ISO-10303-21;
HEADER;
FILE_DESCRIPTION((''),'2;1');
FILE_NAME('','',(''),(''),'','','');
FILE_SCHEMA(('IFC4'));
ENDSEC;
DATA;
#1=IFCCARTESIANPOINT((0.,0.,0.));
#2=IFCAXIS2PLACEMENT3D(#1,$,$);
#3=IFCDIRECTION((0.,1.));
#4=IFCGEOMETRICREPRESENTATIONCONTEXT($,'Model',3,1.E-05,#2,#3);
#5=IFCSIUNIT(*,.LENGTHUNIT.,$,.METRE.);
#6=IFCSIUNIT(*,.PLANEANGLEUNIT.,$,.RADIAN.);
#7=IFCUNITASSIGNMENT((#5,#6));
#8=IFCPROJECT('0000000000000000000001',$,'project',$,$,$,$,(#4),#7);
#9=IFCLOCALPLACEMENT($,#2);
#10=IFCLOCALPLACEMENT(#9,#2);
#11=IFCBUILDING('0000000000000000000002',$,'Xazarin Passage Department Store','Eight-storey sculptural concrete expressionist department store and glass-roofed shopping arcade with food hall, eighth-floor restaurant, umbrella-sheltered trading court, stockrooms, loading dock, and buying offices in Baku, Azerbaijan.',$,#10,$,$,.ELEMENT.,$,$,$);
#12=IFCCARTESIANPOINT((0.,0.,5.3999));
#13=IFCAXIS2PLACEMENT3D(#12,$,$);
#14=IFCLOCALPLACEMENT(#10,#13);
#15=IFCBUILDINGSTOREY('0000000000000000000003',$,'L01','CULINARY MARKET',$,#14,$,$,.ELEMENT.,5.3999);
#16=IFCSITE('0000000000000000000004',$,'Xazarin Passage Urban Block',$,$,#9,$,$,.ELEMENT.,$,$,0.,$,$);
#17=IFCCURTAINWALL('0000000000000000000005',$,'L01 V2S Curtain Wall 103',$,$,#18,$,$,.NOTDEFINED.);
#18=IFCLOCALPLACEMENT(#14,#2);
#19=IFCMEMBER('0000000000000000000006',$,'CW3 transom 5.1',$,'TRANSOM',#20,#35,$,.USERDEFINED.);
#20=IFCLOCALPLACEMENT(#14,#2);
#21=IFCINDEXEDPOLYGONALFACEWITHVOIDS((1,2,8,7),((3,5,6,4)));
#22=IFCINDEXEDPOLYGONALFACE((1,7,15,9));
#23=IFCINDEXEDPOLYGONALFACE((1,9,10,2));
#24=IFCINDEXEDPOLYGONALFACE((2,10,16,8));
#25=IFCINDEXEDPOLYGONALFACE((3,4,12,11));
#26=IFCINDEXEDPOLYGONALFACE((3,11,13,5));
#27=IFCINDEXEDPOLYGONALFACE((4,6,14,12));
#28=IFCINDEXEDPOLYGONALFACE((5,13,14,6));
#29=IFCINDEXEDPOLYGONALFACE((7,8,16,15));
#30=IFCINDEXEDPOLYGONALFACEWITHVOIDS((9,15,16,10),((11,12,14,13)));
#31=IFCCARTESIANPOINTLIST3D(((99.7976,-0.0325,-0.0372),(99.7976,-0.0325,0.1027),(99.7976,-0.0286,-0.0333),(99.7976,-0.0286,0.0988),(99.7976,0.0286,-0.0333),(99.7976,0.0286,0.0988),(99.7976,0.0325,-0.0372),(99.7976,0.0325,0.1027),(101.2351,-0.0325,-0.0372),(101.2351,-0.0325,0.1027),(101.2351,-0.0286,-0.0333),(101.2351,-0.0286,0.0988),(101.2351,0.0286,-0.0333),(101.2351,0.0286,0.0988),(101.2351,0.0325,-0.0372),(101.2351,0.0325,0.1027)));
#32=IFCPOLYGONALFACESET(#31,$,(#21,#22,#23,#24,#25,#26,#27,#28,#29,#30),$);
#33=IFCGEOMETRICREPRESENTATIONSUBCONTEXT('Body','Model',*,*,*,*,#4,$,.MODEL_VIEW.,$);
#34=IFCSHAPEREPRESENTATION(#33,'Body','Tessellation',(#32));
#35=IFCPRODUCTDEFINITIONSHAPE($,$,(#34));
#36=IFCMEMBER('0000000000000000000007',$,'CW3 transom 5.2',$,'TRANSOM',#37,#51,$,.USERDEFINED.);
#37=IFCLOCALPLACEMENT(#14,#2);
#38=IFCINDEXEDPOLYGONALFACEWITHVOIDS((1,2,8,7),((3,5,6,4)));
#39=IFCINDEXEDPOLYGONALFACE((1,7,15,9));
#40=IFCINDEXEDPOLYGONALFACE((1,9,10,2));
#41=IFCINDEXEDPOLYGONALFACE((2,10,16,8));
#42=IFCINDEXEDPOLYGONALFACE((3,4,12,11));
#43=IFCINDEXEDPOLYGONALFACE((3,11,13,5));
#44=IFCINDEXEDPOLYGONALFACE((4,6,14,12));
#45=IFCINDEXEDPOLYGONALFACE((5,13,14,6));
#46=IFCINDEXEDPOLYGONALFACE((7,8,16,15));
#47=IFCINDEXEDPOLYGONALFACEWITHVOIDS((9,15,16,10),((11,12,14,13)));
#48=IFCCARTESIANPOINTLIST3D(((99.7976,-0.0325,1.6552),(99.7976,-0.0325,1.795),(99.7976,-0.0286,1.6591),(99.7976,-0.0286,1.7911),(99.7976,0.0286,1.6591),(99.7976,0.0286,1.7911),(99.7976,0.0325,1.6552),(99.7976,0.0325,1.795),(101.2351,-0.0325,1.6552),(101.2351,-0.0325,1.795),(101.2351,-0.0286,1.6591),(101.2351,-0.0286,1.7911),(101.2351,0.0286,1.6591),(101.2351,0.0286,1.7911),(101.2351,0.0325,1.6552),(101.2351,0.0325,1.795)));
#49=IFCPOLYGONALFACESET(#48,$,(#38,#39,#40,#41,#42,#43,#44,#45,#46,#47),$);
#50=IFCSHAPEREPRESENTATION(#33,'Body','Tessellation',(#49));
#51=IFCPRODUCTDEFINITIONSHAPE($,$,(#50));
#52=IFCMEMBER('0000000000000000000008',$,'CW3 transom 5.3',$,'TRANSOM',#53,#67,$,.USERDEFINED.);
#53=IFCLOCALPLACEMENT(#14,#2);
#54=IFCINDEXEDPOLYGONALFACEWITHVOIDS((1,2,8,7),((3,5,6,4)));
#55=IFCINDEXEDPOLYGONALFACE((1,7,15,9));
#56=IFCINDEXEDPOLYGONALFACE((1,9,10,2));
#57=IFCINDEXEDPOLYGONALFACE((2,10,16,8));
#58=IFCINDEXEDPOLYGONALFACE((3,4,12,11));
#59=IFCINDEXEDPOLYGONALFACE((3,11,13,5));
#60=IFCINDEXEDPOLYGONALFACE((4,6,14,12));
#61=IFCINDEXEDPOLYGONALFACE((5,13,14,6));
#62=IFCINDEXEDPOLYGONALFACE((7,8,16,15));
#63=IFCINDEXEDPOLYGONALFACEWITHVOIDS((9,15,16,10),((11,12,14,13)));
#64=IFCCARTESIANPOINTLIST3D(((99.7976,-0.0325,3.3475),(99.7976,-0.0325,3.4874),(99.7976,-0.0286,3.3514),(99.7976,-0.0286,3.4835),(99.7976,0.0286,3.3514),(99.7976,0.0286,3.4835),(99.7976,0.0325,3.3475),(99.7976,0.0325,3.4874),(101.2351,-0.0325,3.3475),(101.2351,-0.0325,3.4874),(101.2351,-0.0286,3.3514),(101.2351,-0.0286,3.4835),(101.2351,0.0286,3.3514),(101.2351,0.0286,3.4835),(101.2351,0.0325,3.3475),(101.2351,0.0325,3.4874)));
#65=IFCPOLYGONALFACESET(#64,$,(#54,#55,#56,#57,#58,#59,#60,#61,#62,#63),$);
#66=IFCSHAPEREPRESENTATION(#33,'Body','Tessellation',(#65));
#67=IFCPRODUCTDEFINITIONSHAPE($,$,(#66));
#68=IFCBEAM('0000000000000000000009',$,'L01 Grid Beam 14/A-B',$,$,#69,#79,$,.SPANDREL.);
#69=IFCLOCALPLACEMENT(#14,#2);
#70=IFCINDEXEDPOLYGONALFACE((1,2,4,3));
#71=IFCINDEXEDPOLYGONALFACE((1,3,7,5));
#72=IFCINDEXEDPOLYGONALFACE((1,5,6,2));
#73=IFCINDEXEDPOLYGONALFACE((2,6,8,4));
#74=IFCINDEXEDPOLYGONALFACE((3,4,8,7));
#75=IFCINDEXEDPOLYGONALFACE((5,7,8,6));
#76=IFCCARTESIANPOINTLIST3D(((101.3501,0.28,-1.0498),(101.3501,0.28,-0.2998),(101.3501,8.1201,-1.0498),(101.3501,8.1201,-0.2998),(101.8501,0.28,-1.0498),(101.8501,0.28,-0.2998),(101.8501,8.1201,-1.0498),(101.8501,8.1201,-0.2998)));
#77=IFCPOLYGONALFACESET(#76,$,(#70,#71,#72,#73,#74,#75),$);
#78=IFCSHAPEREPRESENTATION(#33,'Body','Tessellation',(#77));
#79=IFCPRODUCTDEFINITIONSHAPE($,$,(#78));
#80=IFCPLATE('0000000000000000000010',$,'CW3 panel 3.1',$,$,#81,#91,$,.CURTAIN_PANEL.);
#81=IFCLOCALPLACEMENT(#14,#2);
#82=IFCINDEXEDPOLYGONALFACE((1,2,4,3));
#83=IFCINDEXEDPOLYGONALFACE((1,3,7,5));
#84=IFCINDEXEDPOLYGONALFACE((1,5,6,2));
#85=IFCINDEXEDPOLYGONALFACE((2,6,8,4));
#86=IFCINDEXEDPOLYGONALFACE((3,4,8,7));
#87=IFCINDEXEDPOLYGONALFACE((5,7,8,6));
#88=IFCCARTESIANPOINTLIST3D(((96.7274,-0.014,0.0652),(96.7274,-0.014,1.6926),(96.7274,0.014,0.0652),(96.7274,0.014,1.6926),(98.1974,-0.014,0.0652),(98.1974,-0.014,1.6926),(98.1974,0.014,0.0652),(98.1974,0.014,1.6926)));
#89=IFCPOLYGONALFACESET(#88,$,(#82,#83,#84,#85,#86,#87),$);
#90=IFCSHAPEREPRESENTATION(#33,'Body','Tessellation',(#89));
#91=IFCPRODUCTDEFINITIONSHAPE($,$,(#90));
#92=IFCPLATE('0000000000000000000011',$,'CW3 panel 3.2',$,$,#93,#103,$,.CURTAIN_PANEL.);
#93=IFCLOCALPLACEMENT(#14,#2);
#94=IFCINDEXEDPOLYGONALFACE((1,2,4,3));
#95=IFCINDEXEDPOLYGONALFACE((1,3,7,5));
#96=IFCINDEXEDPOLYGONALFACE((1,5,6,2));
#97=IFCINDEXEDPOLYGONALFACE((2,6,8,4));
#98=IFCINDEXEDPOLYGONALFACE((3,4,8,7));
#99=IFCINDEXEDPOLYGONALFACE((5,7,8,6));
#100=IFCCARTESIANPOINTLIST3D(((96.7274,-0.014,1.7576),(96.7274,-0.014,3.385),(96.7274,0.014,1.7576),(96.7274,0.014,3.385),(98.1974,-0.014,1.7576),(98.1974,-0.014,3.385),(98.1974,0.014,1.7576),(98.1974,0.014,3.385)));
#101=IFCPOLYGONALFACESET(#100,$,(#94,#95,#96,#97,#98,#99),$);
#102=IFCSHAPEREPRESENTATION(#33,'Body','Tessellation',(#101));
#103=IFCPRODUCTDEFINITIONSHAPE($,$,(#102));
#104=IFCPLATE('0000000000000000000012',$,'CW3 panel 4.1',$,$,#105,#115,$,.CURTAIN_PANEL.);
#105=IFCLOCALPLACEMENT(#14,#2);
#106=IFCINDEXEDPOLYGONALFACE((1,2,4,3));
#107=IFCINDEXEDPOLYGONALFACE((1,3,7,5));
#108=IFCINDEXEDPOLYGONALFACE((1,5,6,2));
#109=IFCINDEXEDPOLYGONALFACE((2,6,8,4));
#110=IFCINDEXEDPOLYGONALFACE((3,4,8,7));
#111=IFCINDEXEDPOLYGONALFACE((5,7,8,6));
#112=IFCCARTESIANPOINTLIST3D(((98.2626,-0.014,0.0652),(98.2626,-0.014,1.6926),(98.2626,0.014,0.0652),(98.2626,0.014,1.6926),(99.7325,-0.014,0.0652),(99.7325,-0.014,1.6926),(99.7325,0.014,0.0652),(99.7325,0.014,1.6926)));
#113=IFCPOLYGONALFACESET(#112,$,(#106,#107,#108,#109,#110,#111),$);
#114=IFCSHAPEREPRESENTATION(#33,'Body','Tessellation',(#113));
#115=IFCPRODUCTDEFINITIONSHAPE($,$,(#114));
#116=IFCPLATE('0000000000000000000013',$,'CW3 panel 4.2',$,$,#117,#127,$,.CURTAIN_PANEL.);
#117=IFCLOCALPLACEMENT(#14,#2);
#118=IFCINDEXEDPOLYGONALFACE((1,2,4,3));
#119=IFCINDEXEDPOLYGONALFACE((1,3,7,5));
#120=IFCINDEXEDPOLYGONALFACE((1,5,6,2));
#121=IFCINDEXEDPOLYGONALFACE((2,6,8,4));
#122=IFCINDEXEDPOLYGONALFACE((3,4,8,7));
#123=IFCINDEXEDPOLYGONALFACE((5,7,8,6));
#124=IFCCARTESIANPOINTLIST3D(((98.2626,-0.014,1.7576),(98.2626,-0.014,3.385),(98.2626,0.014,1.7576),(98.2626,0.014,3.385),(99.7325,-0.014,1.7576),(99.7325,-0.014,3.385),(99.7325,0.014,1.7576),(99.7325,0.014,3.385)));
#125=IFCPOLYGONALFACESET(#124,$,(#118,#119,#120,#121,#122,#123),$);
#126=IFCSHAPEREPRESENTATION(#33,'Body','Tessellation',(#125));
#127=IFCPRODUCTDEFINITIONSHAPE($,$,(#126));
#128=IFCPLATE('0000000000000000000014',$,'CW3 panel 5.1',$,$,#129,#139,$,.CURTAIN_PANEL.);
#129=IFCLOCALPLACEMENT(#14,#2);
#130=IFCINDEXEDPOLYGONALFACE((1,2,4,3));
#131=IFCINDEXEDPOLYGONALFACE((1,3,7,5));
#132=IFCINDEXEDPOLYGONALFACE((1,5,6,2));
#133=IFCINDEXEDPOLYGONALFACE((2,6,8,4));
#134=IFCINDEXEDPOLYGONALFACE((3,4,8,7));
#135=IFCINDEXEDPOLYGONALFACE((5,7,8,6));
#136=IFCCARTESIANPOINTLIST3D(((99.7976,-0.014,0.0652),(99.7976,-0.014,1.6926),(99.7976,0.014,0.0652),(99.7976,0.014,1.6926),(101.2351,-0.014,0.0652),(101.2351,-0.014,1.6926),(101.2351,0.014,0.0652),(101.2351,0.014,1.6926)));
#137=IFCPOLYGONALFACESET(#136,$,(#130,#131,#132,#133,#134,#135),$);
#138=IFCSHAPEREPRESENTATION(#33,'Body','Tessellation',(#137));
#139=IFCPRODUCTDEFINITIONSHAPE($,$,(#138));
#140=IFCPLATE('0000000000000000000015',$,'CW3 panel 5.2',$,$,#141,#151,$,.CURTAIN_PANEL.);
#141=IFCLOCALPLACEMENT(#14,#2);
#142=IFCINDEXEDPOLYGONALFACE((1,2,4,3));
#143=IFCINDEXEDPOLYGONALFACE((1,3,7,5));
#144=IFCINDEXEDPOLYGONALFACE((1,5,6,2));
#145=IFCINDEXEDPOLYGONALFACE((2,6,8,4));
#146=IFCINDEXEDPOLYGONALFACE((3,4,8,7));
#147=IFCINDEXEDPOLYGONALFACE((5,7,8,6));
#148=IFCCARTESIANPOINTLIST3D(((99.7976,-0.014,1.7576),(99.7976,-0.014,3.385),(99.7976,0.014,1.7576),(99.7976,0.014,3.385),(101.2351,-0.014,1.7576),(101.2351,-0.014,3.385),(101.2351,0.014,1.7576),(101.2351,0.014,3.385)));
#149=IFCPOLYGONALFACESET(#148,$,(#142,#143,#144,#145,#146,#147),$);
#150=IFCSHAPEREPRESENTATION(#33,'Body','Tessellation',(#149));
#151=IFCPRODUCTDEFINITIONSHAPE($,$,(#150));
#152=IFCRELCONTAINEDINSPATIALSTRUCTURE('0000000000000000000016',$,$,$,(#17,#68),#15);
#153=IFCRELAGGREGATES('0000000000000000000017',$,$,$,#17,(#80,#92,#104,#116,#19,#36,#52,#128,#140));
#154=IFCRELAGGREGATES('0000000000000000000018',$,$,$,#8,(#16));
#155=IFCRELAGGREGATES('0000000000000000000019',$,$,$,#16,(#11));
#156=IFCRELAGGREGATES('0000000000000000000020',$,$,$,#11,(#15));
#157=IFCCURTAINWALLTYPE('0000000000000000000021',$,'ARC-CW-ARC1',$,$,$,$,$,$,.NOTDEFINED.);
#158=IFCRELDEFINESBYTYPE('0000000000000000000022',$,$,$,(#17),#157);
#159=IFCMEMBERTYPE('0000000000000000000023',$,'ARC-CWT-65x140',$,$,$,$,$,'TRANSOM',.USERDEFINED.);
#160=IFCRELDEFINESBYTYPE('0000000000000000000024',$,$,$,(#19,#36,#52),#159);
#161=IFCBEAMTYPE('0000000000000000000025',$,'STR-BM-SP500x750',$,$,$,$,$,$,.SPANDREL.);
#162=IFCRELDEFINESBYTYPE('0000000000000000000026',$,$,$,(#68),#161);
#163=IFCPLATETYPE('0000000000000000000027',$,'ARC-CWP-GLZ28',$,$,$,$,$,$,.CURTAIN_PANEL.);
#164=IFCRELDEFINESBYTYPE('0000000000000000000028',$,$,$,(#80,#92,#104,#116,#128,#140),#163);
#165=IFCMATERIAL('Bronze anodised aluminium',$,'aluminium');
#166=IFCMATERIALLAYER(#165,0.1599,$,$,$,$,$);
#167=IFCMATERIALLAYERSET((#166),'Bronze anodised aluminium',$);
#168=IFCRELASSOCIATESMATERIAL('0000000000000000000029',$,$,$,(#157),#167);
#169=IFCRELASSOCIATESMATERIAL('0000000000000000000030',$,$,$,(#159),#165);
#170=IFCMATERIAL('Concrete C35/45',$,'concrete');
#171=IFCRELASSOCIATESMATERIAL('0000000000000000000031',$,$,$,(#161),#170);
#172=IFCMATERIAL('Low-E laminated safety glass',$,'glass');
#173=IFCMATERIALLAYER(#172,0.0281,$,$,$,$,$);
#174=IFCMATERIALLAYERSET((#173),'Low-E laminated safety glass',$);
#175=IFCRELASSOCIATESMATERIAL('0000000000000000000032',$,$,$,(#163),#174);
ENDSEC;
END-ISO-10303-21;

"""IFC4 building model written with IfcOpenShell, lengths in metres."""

from ifc_helpers import new_model, si_unit, direction, frame, origin, origin_2d, place, context, subcontext, project, spatial, rectangle, hollow_rectangle, extrude, material, layer, layer_set, material_profile, profile_set, type_object, element, aggregate, save


model = new_model("IFC4")

# Units and contexts
model_context = context("Model", 3, precision=1e-05, world=origin(), true_north=direction((0.0, 1.0)))
body_context = subcontext(model_context, "Body", "Model", "MODEL_VIEW")
ifc_project = project(units=[si_unit("LENGTHUNIT", "METRE"), si_unit("PLANEANGLEUNIT", "RADIAN")], contexts=[model_context])

# Site, building, storey
site_placement = place(None, origin())
site = spatial("IfcSite", under=ifc_project, at=site_placement, Name="Xazarin Passage Urban Block", CompositionType="ELEMENT", RefElevation=0.0)
building_placement = place(site_placement, origin())
building = spatial("IfcBuilding", under=site, at=building_placement, Name="Xazarin Passage Department Store", Description="Eight-storey sculptural concrete expressionist department store and glass-roofed shopping arcade with food hall, eighth-floor restaurant, umbrella-sheltered trading court, stockrooms, loading dock, and buying offices in Baku, Azerbaijan.", CompositionType="ELEMENT")
storey_placement = place(building_placement, frame((0.0, 0.0, 5.3999)))
storey = spatial("IfcBuildingStorey", under=building, at=storey_placement, Name="L01", Description="CULINARY MARKET", CompositionType="ELEMENT", Elevation=5.3999)

# Curtain wall, members
ifc_material_1 = material(Name="Bronze anodised aluminium", Category="aluminium")
ifc_layer_1 = layer(ifc_material_1, 0.1599)
ifc_layer_set_1 = layer_set([ifc_layer_1], Name="Bronze anodised aluminium")
curtain_wall_type = type_object("IfcCurtainWallType", Name="ARC-CW-ARC1", PredefinedType="NOTDEFINED", material=ifc_layer_set_1)
curtain_wall_placement = place(storey_placement, origin())
curtain_wall = element("IfcCurtainWall", 1, at=curtain_wall_placement, inside=storey, type_object=curtain_wall_type, Name="L01 V2S Curtain Wall 103", PredefinedType="NOTDEFINED")
ifc_material_profile_1 = material_profile(ifc_material_1, hollow_rectangle(XDim=0.0649, YDim=0.1399, WallThickness=0.0039, at=origin_2d()), Name="ALU 65x140")
ifc_profile_set_1 = profile_set([ifc_material_profile_1], Name="Bronze anodised aluminium")
member_type_1 = type_object("IfcMemberType", Name="ARC-CWT-65x140", ElementType="TRANSOM", PredefinedType="USERDEFINED", material=ifc_profile_set_1)
member_1_placement = place(storey_placement, frame((99.7976, 0.0, 0.0327), z_axis=(1.0, 0.0, 0.0), x_axis=(0.0, 1.0, 0.0)))
member_1 = element("IfcMember", 2, at=member_1_placement, type_object=member_type_1, Name="CW3 transom 5.1", ObjectType="TRANSOM", PredefinedType="USERDEFINED", context=body_context, shape_type="SweptSolid", body=[
    extrude(hollow_rectangle(XDim=0.0649, YDim=0.1399, WallThickness=0.0039, at=origin_2d()), origin(), (0.0, 0.0, 1.0), 1.4375),
])
member_2_placement = place(storey_placement, frame((99.7976, 0.0, 1.7251), z_axis=(1.0, 0.0, 0.0), x_axis=(0.0, 1.0, 0.0)))
member_2 = element("IfcMember", 3, at=member_2_placement, type_object=member_type_1, Name="CW3 transom 5.2", ObjectType="TRANSOM", PredefinedType="USERDEFINED", context=body_context, shape_type="SweptSolid", body=[
    extrude(hollow_rectangle(XDim=0.0649, YDim=0.1399, WallThickness=0.0039, at=origin_2d()), origin(), (0.0, 0.0, 1.0), 1.4375),
])
member_3_placement = place(storey_placement, frame((99.7976, 0.0, 3.4175), z_axis=(1.0, 0.0, 0.0), x_axis=(0.0, 1.0, 0.0)))
member_3 = element("IfcMember", 4, at=member_3_placement, type_object=member_type_1, Name="CW3 transom 5.3", ObjectType="TRANSOM", PredefinedType="USERDEFINED", context=body_context, shape_type="SweptSolid", body=[
    extrude(hollow_rectangle(XDim=0.0649, YDim=0.1399, WallThickness=0.0039, at=origin_2d()), origin(), (0.0, 0.0, 1.0), 1.4375),
])

# Beam
ifc_material_2 = material(Name="Concrete C35/45", Category="concrete")
ifc_material_profile_2 = material_profile(ifc_material_2, rectangle(XDim=0.5, YDim=0.75, at=origin_2d()), Name="RC 500x750")
ifc_profile_set_2 = profile_set([ifc_material_profile_2], Name="Concrete C35/45")
beam_type = type_object("IfcBeamType", Name="STR-BM-SP500x750", PredefinedType="SPANDREL", material=ifc_profile_set_2)
beam_placement = place(storey_placement, frame((101.6001, 0.28, -0.6748), z_axis=(0.0, 1.0, 0.0), x_axis=(-1.0, 0.0, 0.0)))
element("IfcBeam", 5, at=beam_placement, inside=storey, type_object=beam_type, Name="L01 Grid Beam 14/A-B", PredefinedType="SPANDREL", context=body_context, shape_type="SweptSolid", body=[
    extrude(rectangle(XDim=0.5, YDim=0.75, at=origin_2d()), origin(), (0.0, 0.0, 1.0), 7.8401),
])

# Plates
ifc_material_3 = material(Name="Low-E laminated safety glass", Category="glass")
ifc_layer_2 = layer(ifc_material_3, 0.0281)
ifc_layer_set_2 = layer_set([ifc_layer_2], Name="Low-E laminated safety glass")
plate_type = type_object("IfcPlateType", Name="ARC-CWP-GLZ28", PredefinedType="CURTAIN_PANEL", material=ifc_layer_set_2)
plate_1_placement = place(storey_placement, frame((97.4624, 0.0, 0.0652), z_axis=(0.0, 0.0, 1.0), x_axis=(1.0, 0.0, 0.0)))
plate_1 = element("IfcPlate", 6, at=plate_1_placement, type_object=plate_type, Name="CW3 panel 3.1", PredefinedType="CURTAIN_PANEL", context=body_context, shape_type="SweptSolid", body=[
    extrude(rectangle(XDim=1.47, YDim=0.0281, at=origin_2d()), origin(), (0.0, 0.0, 1.0), 1.6274),
])
plate_2_placement = place(storey_placement, frame((97.4624, 0.0, 1.7576), z_axis=(0.0, 0.0, 1.0), x_axis=(1.0, 0.0, 0.0)))
plate_2 = element("IfcPlate", 7, at=plate_2_placement, type_object=plate_type, Name="CW3 panel 3.2", PredefinedType="CURTAIN_PANEL", context=body_context, shape_type="SweptSolid", body=[
    extrude(rectangle(XDim=1.47, YDim=0.0281, at=origin_2d()), origin(), (0.0, 0.0, 1.0), 1.6274),
])
plate_3_placement = place(storey_placement, frame((98.9976, 0.0, 0.0652), z_axis=(0.0, 0.0, 1.0), x_axis=(1.0, 0.0, 0.0)))
plate_3 = element("IfcPlate", 8, at=plate_3_placement, type_object=plate_type, Name="CW3 panel 4.1", PredefinedType="CURTAIN_PANEL", context=body_context, shape_type="SweptSolid", body=[
    extrude(rectangle(XDim=1.47, YDim=0.0281, at=origin_2d()), origin(), (0.0, 0.0, 1.0), 1.6274),
])
plate_4_placement = place(storey_placement, frame((98.9976, 0.0, 1.7576), z_axis=(0.0, 0.0, 1.0), x_axis=(1.0, 0.0, 0.0)))
plate_4 = element("IfcPlate", 9, at=plate_4_placement, type_object=plate_type, Name="CW3 panel 4.2", PredefinedType="CURTAIN_PANEL", context=body_context, shape_type="SweptSolid", body=[
    extrude(rectangle(XDim=1.47, YDim=0.0281, at=origin_2d()), origin(), (0.0, 0.0, 1.0), 1.6274),
])
plate_5_placement = place(storey_placement, frame((100.5164, 0.0, 0.0652), z_axis=(0.0, 0.0, 1.0), x_axis=(1.0, 0.0, 0.0)))
plate_5 = element("IfcPlate", 10, at=plate_5_placement, type_object=plate_type, Name="CW3 panel 5.1", PredefinedType="CURTAIN_PANEL", context=body_context, shape_type="SweptSolid", body=[
    extrude(rectangle(XDim=1.4375, YDim=0.0281, at=origin_2d()), origin(), (0.0, 0.0, 1.0), 1.6274),
])
plate_6_placement = place(storey_placement, frame((100.5164, 0.0, 1.7576), z_axis=(0.0, 0.0, 1.0), x_axis=(1.0, 0.0, 0.0)))
plate_6 = element("IfcPlate", 11, at=plate_6_placement, type_object=plate_type, Name="CW3 panel 5.2", PredefinedType="CURTAIN_PANEL", context=body_context, shape_type="SweptSolid", body=[
    extrude(rectangle(XDim=1.4375, YDim=0.0281, at=origin_2d()), origin(), (0.0, 0.0, 1.0), 1.6274),
])
aggregate(curtain_wall, [plate_1, plate_2, plate_3, plate_4, member_1, member_2, member_3, plate_5, plate_6])

save(model, "model.ifc")
